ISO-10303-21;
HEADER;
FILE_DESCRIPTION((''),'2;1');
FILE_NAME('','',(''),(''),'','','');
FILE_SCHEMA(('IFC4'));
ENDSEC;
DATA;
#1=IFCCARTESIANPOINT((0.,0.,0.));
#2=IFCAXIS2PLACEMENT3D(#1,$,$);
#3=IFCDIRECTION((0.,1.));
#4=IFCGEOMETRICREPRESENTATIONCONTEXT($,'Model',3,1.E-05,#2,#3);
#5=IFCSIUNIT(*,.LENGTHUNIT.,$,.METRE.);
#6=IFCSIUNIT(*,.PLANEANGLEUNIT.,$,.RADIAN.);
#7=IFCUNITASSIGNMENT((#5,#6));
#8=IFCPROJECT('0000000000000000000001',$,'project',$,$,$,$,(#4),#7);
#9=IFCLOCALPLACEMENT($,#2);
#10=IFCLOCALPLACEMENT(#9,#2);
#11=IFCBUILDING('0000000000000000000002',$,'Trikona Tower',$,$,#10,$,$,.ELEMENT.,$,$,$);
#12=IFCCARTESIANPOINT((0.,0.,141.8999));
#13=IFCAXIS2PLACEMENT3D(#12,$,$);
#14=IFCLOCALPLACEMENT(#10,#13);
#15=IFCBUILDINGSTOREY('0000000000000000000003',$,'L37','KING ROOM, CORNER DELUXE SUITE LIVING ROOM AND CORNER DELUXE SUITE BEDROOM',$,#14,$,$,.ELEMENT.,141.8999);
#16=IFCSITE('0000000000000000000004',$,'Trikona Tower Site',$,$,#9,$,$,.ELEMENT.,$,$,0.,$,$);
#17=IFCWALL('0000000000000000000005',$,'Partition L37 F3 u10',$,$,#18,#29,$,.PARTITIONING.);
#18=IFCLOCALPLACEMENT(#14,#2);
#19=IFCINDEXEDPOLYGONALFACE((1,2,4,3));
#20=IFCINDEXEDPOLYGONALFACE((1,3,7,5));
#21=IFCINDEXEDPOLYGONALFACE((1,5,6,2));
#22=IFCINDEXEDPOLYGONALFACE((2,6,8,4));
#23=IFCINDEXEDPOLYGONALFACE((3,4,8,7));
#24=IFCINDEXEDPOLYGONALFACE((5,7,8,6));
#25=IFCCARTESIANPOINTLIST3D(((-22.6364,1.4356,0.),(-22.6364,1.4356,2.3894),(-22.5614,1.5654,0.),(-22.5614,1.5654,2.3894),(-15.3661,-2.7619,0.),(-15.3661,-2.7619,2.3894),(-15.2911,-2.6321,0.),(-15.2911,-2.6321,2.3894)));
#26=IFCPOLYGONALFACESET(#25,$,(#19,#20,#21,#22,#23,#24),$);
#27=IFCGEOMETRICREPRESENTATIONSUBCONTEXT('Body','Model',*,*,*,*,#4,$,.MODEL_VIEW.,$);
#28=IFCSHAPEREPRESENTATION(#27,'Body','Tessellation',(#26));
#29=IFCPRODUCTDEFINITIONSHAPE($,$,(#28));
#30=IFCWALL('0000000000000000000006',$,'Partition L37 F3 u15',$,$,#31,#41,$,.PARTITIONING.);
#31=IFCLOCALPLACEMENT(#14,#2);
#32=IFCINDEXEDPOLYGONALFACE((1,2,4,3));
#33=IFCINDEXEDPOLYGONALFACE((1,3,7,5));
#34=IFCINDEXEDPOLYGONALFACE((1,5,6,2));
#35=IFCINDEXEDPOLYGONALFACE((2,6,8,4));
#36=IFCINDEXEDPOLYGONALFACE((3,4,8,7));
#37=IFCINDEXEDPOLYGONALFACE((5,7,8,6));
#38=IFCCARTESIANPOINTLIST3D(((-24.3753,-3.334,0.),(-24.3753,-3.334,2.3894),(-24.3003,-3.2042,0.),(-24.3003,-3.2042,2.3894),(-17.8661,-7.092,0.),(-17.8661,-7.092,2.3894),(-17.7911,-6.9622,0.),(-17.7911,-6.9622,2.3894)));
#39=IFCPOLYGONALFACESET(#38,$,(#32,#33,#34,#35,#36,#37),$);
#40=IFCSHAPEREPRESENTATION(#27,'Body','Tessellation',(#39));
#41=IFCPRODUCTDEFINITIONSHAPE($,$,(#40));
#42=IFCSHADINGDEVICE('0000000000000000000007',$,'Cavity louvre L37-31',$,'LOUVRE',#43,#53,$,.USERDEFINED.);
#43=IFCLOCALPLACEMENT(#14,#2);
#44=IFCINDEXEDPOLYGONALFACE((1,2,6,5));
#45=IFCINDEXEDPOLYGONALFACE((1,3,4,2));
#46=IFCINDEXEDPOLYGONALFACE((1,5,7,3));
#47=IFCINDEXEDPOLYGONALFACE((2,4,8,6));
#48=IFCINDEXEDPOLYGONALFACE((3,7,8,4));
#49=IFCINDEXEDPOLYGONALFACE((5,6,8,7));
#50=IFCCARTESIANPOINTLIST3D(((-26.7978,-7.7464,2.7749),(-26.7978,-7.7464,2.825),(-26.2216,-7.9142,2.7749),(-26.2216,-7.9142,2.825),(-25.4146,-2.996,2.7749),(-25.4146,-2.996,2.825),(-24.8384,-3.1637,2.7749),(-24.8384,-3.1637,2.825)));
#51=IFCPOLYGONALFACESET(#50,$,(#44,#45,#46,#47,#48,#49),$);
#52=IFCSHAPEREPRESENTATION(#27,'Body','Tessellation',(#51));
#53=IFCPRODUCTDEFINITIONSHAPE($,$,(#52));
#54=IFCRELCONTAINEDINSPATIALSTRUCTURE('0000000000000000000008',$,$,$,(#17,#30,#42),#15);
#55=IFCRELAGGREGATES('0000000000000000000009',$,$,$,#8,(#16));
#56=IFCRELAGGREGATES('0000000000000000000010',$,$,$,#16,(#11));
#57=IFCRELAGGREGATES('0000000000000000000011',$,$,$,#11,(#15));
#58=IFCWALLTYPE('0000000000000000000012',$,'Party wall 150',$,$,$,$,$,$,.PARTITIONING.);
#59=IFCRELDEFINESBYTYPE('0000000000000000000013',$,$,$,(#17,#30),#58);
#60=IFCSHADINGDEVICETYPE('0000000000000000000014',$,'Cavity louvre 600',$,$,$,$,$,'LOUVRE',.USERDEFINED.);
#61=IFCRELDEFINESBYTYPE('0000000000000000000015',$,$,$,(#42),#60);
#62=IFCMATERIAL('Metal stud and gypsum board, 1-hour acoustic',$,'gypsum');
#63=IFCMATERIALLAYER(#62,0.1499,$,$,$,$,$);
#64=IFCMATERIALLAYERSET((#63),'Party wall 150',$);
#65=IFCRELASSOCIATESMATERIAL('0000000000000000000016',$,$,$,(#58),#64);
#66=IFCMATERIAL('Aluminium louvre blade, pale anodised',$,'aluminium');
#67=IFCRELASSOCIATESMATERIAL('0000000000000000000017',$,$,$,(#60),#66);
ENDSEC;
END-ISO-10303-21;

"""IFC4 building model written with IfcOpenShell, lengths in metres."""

from ifc_helpers import new_model, si_unit, direction, frame, frame_2d, origin, origin_2d, place, context, subcontext, project, spatial, rectangle, extrude, material, layer, layer_set, type_object, element, save


model = new_model("IFC4")

# Units and contexts
model_context = context("Model", 3, precision=1e-05, world=origin(), true_north=direction((0.0, 1.0)))
body_context = subcontext(model_context, "Body", "Model", "MODEL_VIEW")
ifc_project = project(units=[si_unit("LENGTHUNIT", "METRE"), si_unit("PLANEANGLEUNIT", "RADIAN")], contexts=[model_context])

# Site, building, storey
site_placement = place(None, origin())
site = spatial("IfcSite", under=ifc_project, at=site_placement, Name="Trikona Tower Site", CompositionType="ELEMENT", RefElevation=0.0)
building_placement = place(site_placement, origin())
building = spatial("IfcBuilding", under=site, at=building_placement, Name="Trikona Tower", CompositionType="ELEMENT")
storey_placement = place(building_placement, frame((0.0, 0.0, 141.8999)))
storey = spatial("IfcBuildingStorey", under=building, at=storey_placement, Name="L37", Description="KING ROOM, CORNER DELUXE SUITE LIVING ROOM AND CORNER DELUXE SUITE BEDROOM", CompositionType="ELEMENT", Elevation=141.8999)

# Walls
ifc_material_1 = material(Name="Metal stud and gypsum board, 1-hour acoustic", Category="gypsum")
ifc_layer_1 = layer(ifc_material_1, 0.1499)
ifc_layer_set_1 = layer_set([ifc_layer_1], Name="Party wall 150")
wall_type_1 = type_object("IfcWallType", Name="Party wall 150", PredefinedType="PARTITIONING", material=ifc_layer_set_1)
wall_1_placement = place(storey_placement, frame((-15.3286, -2.697, 0.0), z_axis=(0.0, 0.0, 1.0), x_axis=(-0.866024, 0.500002, 0.0)))
element("IfcWall", 1, at=wall_1_placement, inside=storey, type_object=wall_type_1, Name="Partition L37 F3 u10", PredefinedType="PARTITIONING", context=body_context, shape_type="SweptSolid", body=[
    extrude(rectangle(XDim=8.395, YDim=0.1499, at=frame_2d((4.1975, 0.0))), origin(), (0.0, 0.0, 1.0), 2.3894),
])
wall_2_placement = place(storey_placement, frame((-17.8286, -7.0271, 0.0), z_axis=(0.0, 0.0, 1.0), x_axis=(-0.86603, 0.499992, 0.0)))
element("IfcWall", 2, at=wall_2_placement, inside=storey, type_object=wall_type_1, Name="Partition L37 F3 u15", PredefinedType="PARTITIONING", context=body_context, shape_type="SweptSolid", body=[
    extrude(rectangle(XDim=7.5161, YDim=0.1499, at=frame_2d((3.7581, 0.0))), origin(), (0.0, 0.0, 1.0), 2.3894),
])

# Shading device
ifc_material_2 = material(Name="Aluminium louvre blade, pale anodised", Category="aluminium")
shading_device_type = type_object("IfcShadingDeviceType", Name="Cavity louvre 600", ElementType="LOUVRE", PredefinedType="USERDEFINED", material=ifc_material_2)
shading_device_placement = place(storey_placement, frame((-25.8181, -5.4551, 2.7749), z_axis=(0.0, 0.0, 1.0), x_axis=(-0.279554, -0.96013, 0.0)))
element("IfcShadingDevice", 3, at=shading_device_placement, inside=storey, type_object=shading_device_type, Name="Cavity louvre L37-31", ObjectType="LOUVRE", PredefinedType="USERDEFINED", context=body_context, shape_type="SweptSolid", body=[
    extrude(rectangle(XDim=4.9478, YDim=0.6001, at=origin_2d()), origin(), (0.0, 0.0, 1.0), 0.05),
])

save(model, "model.ifc")
